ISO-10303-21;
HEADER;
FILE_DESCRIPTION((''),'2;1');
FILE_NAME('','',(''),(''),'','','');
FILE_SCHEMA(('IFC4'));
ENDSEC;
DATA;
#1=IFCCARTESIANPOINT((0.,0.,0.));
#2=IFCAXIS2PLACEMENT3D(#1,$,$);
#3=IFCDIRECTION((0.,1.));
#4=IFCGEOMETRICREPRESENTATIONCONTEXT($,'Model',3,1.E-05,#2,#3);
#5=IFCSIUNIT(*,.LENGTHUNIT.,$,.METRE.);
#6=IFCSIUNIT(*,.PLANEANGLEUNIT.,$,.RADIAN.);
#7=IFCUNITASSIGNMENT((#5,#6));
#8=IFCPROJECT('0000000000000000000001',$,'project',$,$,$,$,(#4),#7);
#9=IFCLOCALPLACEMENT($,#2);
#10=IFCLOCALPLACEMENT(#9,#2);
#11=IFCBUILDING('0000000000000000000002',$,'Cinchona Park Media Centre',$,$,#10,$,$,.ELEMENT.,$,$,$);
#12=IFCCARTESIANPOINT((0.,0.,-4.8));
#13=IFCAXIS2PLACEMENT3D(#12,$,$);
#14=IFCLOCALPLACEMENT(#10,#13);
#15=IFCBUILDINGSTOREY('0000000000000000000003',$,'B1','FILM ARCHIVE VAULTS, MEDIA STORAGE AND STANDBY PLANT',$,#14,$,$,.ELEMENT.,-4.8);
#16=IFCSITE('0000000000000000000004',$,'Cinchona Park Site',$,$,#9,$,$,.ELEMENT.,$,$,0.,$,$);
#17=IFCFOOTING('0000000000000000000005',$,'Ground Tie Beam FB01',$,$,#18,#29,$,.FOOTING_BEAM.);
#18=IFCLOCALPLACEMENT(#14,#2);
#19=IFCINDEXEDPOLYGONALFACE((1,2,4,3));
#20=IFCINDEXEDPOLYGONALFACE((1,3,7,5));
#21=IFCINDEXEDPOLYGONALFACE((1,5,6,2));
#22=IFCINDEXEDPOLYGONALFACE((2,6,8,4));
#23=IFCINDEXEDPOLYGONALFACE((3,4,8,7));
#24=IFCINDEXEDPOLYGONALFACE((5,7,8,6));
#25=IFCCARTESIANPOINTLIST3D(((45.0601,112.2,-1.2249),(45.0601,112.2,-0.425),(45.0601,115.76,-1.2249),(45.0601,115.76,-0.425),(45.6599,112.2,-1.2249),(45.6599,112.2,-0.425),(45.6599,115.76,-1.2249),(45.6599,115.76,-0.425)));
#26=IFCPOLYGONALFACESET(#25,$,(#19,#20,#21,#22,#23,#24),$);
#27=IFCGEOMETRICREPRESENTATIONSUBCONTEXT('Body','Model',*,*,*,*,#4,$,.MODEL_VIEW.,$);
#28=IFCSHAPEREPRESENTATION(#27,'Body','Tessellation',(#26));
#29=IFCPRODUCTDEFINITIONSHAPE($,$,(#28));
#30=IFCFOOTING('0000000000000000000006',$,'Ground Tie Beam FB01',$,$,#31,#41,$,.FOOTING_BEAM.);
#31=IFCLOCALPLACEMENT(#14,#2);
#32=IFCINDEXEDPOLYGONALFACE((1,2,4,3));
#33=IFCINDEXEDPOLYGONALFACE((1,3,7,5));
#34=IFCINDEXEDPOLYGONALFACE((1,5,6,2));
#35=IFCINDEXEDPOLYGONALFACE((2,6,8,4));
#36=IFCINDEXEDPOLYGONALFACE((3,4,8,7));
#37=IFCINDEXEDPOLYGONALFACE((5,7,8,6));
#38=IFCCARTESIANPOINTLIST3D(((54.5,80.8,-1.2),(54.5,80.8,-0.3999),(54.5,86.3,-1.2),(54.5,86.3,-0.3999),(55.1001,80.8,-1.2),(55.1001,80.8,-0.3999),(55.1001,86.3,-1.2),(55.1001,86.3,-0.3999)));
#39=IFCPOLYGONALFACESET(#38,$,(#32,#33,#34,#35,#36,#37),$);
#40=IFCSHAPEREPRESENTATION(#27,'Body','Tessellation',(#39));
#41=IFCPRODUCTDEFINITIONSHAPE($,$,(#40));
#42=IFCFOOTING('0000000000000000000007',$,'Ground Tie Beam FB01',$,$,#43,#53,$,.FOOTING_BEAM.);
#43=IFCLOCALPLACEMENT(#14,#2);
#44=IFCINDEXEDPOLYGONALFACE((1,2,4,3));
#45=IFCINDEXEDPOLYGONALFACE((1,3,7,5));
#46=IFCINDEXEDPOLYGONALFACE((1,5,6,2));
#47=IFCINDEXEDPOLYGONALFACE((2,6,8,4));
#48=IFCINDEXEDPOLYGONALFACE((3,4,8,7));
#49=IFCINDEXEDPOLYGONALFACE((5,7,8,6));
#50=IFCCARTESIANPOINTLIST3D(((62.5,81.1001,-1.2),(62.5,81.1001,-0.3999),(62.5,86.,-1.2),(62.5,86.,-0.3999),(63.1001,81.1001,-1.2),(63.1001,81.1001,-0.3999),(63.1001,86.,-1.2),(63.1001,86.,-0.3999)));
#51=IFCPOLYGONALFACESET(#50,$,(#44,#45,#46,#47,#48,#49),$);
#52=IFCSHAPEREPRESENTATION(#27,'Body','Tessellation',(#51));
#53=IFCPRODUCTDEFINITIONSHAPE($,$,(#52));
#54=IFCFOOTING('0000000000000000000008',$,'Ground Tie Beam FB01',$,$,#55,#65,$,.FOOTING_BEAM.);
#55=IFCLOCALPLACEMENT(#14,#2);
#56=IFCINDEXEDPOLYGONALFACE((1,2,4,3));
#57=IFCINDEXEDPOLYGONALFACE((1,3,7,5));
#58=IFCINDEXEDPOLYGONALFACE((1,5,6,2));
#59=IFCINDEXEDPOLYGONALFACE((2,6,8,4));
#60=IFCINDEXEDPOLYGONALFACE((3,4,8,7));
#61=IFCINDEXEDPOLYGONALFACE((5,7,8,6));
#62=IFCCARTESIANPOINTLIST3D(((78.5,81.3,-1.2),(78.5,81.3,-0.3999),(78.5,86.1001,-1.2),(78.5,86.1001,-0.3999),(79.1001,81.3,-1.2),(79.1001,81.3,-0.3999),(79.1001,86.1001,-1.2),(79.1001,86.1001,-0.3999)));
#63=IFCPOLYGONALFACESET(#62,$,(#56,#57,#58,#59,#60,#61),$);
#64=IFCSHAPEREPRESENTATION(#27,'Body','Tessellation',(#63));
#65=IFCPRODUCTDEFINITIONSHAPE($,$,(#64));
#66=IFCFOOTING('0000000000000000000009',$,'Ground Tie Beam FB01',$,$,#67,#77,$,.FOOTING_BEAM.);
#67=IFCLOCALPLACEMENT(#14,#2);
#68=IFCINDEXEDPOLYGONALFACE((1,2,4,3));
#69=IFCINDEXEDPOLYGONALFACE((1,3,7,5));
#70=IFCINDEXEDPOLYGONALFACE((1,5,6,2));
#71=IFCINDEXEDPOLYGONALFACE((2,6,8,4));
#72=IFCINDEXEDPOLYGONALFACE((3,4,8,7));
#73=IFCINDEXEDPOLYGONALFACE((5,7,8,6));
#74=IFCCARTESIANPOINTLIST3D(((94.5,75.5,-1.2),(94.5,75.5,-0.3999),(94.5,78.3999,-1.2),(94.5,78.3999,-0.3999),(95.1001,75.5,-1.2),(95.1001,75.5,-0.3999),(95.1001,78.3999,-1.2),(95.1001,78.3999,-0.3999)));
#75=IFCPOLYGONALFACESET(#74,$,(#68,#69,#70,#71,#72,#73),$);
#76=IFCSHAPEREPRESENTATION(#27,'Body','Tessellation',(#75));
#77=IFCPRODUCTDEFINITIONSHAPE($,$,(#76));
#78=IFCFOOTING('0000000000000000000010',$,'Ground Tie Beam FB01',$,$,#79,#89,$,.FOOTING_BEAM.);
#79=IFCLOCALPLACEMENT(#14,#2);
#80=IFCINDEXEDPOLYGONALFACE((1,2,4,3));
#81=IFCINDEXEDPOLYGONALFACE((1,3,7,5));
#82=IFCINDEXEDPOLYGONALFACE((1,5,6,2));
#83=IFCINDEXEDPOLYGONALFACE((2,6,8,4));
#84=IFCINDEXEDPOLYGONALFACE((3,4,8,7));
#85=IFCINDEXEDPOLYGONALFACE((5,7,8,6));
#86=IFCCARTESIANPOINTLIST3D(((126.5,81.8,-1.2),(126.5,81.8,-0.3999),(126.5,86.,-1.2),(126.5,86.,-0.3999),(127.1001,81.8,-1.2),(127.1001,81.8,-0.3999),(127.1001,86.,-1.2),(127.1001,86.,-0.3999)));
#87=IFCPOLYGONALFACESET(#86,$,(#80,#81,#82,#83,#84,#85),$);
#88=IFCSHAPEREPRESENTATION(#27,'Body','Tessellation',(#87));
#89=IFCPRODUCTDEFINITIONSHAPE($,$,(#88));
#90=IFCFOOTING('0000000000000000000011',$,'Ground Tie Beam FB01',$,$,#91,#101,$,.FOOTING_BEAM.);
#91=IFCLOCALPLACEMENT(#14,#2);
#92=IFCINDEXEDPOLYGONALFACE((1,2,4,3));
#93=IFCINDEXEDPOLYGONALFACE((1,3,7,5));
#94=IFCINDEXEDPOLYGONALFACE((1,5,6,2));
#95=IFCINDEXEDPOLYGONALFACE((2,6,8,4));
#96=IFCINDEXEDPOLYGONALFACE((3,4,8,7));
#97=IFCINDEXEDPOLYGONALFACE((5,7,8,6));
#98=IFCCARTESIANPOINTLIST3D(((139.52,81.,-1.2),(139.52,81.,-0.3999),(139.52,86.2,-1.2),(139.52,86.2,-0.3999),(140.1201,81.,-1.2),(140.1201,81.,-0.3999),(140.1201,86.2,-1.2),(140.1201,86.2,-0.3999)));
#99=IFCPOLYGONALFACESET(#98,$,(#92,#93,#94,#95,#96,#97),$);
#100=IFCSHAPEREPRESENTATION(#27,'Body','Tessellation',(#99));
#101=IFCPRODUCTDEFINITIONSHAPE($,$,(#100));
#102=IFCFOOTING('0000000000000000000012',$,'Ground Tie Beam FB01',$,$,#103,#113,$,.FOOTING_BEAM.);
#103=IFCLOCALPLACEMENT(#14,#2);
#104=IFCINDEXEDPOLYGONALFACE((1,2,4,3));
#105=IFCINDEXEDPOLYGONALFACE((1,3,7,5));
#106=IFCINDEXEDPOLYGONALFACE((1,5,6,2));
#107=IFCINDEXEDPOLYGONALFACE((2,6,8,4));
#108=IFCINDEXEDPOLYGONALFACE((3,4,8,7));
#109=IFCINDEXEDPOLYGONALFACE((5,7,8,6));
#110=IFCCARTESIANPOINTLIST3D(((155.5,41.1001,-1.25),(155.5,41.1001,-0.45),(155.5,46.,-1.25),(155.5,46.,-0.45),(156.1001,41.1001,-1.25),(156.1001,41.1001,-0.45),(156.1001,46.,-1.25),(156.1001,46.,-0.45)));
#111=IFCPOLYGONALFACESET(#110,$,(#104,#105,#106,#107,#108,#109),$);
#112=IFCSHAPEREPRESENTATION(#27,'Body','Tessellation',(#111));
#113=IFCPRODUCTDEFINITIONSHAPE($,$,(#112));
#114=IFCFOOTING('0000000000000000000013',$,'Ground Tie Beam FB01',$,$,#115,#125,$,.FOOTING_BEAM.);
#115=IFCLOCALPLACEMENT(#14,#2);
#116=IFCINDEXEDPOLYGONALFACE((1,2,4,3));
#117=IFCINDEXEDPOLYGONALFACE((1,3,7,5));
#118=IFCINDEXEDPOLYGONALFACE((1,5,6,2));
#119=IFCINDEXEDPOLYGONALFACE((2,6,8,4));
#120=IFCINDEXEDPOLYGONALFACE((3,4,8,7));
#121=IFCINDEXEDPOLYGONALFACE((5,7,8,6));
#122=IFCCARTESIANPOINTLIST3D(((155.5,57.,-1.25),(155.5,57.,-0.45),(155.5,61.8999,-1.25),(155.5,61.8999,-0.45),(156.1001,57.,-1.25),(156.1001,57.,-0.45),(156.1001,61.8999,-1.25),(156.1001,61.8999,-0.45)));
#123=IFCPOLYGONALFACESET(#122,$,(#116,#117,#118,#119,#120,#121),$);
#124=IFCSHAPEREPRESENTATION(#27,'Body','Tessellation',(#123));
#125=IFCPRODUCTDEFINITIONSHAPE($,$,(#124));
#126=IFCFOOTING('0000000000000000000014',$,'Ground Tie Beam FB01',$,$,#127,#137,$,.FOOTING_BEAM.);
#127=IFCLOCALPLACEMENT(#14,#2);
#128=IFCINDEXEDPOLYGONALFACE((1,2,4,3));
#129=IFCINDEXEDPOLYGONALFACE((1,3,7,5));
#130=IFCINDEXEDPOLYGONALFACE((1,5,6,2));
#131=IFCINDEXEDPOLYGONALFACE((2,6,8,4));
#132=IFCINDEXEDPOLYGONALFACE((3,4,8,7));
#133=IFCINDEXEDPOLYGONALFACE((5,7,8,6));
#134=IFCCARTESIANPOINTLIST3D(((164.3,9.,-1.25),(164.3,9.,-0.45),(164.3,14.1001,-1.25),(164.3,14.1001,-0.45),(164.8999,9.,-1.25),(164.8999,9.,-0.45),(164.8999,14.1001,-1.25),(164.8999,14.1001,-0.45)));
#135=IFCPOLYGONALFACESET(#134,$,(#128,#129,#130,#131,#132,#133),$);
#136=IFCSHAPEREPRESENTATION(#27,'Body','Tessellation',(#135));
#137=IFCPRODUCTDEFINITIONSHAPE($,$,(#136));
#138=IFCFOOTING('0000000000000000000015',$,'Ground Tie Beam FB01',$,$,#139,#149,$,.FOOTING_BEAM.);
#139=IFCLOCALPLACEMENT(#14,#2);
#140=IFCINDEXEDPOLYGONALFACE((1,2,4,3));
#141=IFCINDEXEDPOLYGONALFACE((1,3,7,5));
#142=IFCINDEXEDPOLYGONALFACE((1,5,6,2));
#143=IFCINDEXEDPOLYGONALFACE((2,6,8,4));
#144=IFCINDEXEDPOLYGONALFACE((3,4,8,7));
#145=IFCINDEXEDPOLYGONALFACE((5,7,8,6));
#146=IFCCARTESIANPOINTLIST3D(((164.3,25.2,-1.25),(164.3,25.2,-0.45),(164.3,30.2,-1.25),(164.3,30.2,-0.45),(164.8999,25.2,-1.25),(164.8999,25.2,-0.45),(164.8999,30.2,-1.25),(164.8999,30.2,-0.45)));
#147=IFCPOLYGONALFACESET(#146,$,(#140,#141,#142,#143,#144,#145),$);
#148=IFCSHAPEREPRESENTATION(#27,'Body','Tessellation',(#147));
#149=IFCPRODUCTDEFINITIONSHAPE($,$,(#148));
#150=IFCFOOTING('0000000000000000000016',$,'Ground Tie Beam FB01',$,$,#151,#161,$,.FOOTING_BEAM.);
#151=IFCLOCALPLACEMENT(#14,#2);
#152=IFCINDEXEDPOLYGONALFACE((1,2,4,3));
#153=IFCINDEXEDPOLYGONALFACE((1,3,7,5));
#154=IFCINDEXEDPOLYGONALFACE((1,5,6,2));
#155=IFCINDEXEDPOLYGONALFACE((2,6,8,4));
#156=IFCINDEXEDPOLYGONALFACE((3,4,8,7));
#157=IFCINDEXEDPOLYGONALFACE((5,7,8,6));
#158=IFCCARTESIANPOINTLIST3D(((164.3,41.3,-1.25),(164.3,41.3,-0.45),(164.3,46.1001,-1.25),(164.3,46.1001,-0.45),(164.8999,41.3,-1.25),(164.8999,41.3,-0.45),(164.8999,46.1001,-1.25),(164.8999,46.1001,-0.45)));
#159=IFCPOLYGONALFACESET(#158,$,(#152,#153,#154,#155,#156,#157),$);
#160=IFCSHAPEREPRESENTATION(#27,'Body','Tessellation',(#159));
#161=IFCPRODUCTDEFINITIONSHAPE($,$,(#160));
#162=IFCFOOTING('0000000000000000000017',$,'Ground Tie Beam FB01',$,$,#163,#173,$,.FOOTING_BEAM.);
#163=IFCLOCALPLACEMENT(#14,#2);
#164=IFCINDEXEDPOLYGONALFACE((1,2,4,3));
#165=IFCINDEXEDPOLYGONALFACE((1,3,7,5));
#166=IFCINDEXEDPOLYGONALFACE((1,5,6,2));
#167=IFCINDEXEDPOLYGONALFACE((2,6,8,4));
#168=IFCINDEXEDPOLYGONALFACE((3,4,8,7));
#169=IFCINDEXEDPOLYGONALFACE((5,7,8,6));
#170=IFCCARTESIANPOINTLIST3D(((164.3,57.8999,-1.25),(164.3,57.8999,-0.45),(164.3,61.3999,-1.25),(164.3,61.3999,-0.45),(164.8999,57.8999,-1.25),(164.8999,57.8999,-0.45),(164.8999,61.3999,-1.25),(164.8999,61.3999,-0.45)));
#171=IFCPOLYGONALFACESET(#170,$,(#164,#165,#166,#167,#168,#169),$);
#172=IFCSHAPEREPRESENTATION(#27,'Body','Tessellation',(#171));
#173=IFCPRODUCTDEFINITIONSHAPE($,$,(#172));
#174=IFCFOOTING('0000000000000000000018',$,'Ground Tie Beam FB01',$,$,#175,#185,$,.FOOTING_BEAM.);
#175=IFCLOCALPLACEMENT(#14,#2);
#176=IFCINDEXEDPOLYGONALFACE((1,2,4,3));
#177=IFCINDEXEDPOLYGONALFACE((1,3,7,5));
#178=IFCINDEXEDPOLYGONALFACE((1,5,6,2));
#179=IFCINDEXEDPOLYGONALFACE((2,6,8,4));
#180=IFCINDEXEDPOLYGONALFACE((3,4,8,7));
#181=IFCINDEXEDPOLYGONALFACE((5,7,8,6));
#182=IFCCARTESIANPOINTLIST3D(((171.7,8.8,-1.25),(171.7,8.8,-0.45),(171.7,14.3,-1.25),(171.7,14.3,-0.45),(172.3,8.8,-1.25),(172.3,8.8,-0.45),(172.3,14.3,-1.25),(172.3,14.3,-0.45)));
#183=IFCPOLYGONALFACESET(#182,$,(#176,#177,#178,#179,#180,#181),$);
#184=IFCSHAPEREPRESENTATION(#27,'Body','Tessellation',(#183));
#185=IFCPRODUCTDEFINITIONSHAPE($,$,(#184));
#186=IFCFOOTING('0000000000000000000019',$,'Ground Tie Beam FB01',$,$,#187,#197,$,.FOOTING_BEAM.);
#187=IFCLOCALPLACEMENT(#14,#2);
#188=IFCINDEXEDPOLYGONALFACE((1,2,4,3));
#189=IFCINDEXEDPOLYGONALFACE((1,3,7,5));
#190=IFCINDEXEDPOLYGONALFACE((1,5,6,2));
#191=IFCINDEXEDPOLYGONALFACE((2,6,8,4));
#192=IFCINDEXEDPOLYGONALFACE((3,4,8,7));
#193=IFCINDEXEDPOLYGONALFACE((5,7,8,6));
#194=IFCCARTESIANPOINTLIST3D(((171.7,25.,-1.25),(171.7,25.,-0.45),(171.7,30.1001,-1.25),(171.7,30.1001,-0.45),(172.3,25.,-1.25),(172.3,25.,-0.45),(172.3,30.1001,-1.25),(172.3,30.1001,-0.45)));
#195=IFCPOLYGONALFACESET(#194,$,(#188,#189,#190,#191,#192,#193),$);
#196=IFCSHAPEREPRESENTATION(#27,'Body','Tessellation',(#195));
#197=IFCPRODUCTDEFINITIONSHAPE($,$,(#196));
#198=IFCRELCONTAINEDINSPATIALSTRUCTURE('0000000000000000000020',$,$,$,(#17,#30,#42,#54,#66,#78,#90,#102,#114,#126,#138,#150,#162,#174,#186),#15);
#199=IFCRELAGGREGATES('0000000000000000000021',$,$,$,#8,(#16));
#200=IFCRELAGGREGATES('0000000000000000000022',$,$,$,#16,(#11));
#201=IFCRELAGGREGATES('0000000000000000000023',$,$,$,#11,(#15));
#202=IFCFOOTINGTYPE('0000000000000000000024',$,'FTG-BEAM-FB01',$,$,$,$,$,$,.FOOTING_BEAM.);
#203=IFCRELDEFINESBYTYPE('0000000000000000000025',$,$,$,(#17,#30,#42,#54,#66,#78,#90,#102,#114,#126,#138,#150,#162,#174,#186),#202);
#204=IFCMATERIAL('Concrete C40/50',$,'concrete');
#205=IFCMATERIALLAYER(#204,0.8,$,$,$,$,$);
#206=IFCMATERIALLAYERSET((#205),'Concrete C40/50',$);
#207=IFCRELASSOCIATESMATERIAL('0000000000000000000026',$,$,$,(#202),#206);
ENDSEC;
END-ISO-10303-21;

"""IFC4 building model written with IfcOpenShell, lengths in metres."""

from ifc_helpers import new_model, si_unit, direction, frame, origin, place, context, subcontext, project, spatial, polyline, outline, extrude, material, layer, layer_set, type_object, element, save


model = new_model("IFC4")

# Units and contexts
model_context = context("Model", 3, precision=1e-05, world=origin(), true_north=direction((0.0, 1.0)))
body_context = subcontext(model_context, "Body", "Model", "MODEL_VIEW")
ifc_project = project(units=[si_unit("LENGTHUNIT", "METRE"), si_unit("PLANEANGLEUNIT", "RADIAN")], contexts=[model_context])

# Site, building, storey
site_placement = place(None, origin())
site = spatial("IfcSite", under=ifc_project, at=site_placement, Name="Cinchona Park Site", CompositionType="ELEMENT", RefElevation=0.0)
building_placement = place(site_placement, origin())
building = spatial("IfcBuilding", under=site, at=building_placement, Name="Cinchona Park Media Centre", CompositionType="ELEMENT")
storey_placement = place(building_placement, frame((0.0, 0.0, -4.8)))
storey = spatial("IfcBuildingStorey", under=building, at=storey_placement, Name="B1", Description="FILM ARCHIVE VAULTS, MEDIA STORAGE AND STANDBY PLANT", CompositionType="ELEMENT", Elevation=-4.8)

# Footings
ifc_material_1 = material(Name="Concrete C40/50", Category="concrete")
ifc_layer_1 = layer(ifc_material_1, 0.8)
ifc_layer_set_1 = layer_set([ifc_layer_1], Name="Concrete C40/50")
footing_type_1 = type_object("IfcFootingType", Name="FTG-BEAM-FB01", PredefinedType="FOOTING_BEAM", material=ifc_layer_set_1)
footing_1_placement = place(storey_placement, frame((0.0, 0.0, -1.2249)))
element("IfcFooting", 1, at=footing_1_placement, inside=storey, type_object=footing_type_1, Name="Ground Tie Beam FB01", PredefinedType="FOOTING_BEAM", context=body_context, shape_type="SweptSolid", body=[
    extrude(outline(polyline([(45.0601, 112.2), (45.6599, 112.2), (45.6599, 115.76), (45.0601, 115.76), (45.0601, 112.2)])), origin(), (0.0, 0.0, 1.0), 0.7998),
])
footing_2_placement = place(storey_placement, frame((0.0, 0.0, -1.2)))
element("IfcFooting", 2, at=footing_2_placement, inside=storey, type_object=footing_type_1, Name="Ground Tie Beam FB01", PredefinedType="FOOTING_BEAM", context=body_context, shape_type="SweptSolid", body=[
    extrude(outline(polyline([(54.5, 80.8), (55.1001, 80.8), (55.1001, 86.3), (54.5, 86.3), (54.5, 80.8)])), origin(), (0.0, 0.0, 1.0), 0.8),
])
footing_3_placement = place(storey_placement, frame((0.0, 0.0, -1.2)))
element("IfcFooting", 3, at=footing_3_placement, inside=storey, type_object=footing_type_1, Name="Ground Tie Beam FB01", PredefinedType="FOOTING_BEAM", context=body_context, shape_type="SweptSolid", body=[
    extrude(outline(polyline([(62.5, 81.1001), (63.1001, 81.1001), (63.1001, 86.0), (62.5, 86.0), (62.5, 81.1001)])), origin(), (0.0, 0.0, 1.0), 0.8),
])
footing_4_placement = place(storey_placement, frame((0.0, 0.0, -1.2)))
element("IfcFooting", 4, at=footing_4_placement, inside=storey, type_object=footing_type_1, Name="Ground Tie Beam FB01", PredefinedType="FOOTING_BEAM", context=body_context, shape_type="SweptSolid", body=[
    extrude(outline(polyline([(78.5, 81.3), (79.1001, 81.3), (79.1001, 86.1001), (78.5, 86.1001), (78.5, 81.3)])), origin(), (0.0, 0.0, 1.0), 0.8),
])
footing_5_placement = place(storey_placement, frame((0.0, 0.0, -1.2)))
element("IfcFooting", 5, at=footing_5_placement, inside=storey, type_object=footing_type_1, Name="Ground Tie Beam FB01", PredefinedType="FOOTING_BEAM", context=body_context, shape_type="SweptSolid", body=[
    extrude(outline(polyline([(94.5, 75.5), (95.1001, 75.5), (95.1001, 78.3999), (94.5, 78.3999), (94.5, 75.5)])), origin(), (0.0, 0.0, 1.0), 0.8),
])
footing_6_placement = place(storey_placement, frame((0.0, 0.0, -1.2)))
element("IfcFooting", 6, at=footing_6_placement, inside=storey, type_object=footing_type_1, Name="Ground Tie Beam FB01", PredefinedType="FOOTING_BEAM", context=body_context, shape_type="SweptSolid", body=[
    extrude(outline(polyline([(126.5, 81.8), (127.1001, 81.8), (127.1001, 86.0), (126.5, 86.0), (126.5, 81.8)])), origin(), (0.0, 0.0, 1.0), 0.8),
])
footing_7_placement = place(storey_placement, frame((0.0, 0.0, -1.2)))
element("IfcFooting", 7, at=footing_7_placement, inside=storey, type_object=footing_type_1, Name="Ground Tie Beam FB01", PredefinedType="FOOTING_BEAM", context=body_context, shape_type="SweptSolid", body=[
    extrude(outline(polyline([(139.52, 81.0), (140.1201, 81.0), (140.1201, 86.2), (139.52, 86.2), (139.52, 81.0)])), origin(), (0.0, 0.0, 1.0), 0.8),
])
footing_8_placement = place(storey_placement, frame((0.0, 0.0, -1.25)))
element("IfcFooting", 8, at=footing_8_placement, inside=storey, type_object=footing_type_1, Name="Ground Tie Beam FB01", PredefinedType="FOOTING_BEAM", context=body_context, shape_type="SweptSolid", body=[
    extrude(outline(polyline([(155.5, 41.1001), (156.1001, 41.1001), (156.1001, 46.0), (155.5, 46.0), (155.5, 41.1001)])), origin(), (0.0, 0.0, 1.0), 0.8),
])
footing_9_placement = place(storey_placement, frame((0.0, 0.0, -1.25)))
element("IfcFooting", 9, at=footing_9_placement, inside=storey, type_object=footing_type_1, Name="Ground Tie Beam FB01", PredefinedType="FOOTING_BEAM", context=body_context, shape_type="SweptSolid", body=[
    extrude(outline(polyline([(155.5, 57.0), (156.1001, 57.0), (156.1001, 61.8999), (155.5, 61.8999), (155.5, 57.0)])), origin(), (0.0, 0.0, 1.0), 0.8),
])
footing_10_placement = place(storey_placement, frame((0.0, 0.0, -1.25)))
element("IfcFooting", 10, at=footing_10_placement, inside=storey, type_object=footing_type_1, Name="Ground Tie Beam FB01", PredefinedType="FOOTING_BEAM", context=body_context, shape_type="SweptSolid", body=[
    extrude(outline(polyline([(164.3, 9.0), (164.8999, 9.0), (164.8999, 14.1001), (164.3, 14.1001), (164.3, 9.0)])), origin(), (0.0, 0.0, 1.0), 0.8),
])
footing_11_placement = place(storey_placement, frame((0.0, 0.0, -1.25)))
element("IfcFooting", 11, at=footing_11_placement, inside=storey, type_object=footing_type_1, Name="Ground Tie Beam FB01", PredefinedType="FOOTING_BEAM", context=body_context, shape_type="SweptSolid", body=[
    extrude(outline(polyline([(164.3, 25.2), (164.8999, 25.2), (164.8999, 30.2), (164.3, 30.2), (164.3, 25.2)])), origin(), (0.0, 0.0, 1.0), 0.8),
])
footing_12_placement = place(storey_placement, frame((0.0, 0.0, -1.25)))
element("IfcFooting", 12, at=footing_12_placement, inside=storey, type_object=footing_type_1, Name="Ground Tie Beam FB01", PredefinedType="FOOTING_BEAM", context=body_context, shape_type="SweptSolid", body=[
    extrude(outline(polyline([(164.3, 41.3), (164.8999, 41.3), (164.8999, 46.1001), (164.3, 46.1001), (164.3, 41.3)])), origin(), (0.0, 0.0, 1.0), 0.8),
])
footing_13_placement = place(storey_placement, frame((0.0, 0.0, -1.25)))
element("IfcFooting", 13, at=footing_13_placement, inside=storey, type_object=footing_type_1, Name="Ground Tie Beam FB01", PredefinedType="FOOTING_BEAM", context=body_context, shape_type="SweptSolid", body=[
    extrude(outline(polyline([(164.3, 57.8999), (164.8999, 57.8999), (164.8999, 61.3999), (164.3, 61.3999), (164.3, 57.8999)])), origin(), (0.0, 0.0, 1.0), 0.8),
])
footing_14_placement = place(storey_placement, frame((0.0, 0.0, -1.25)))
element("IfcFooting", 14, at=footing_14_placement, inside=storey, type_object=footing_type_1, Name="Ground Tie Beam FB01", PredefinedType="FOOTING_BEAM", context=body_context, shape_type="SweptSolid", body=[
    extrude(outline(polyline([(171.7, 8.8), (172.3, 8.8), (172.3, 14.3), (171.7, 14.3), (171.7, 8.8)])), origin(), (0.0, 0.0, 1.0), 0.8),
])
footing_15_placement = place(storey_placement, frame((0.0, 0.0, -1.25)))
element("IfcFooting", 15, at=footing_15_placement, inside=storey, type_object=footing_type_1, Name="Ground Tie Beam FB01", PredefinedType="FOOTING_BEAM", context=body_context, shape_type="SweptSolid", body=[
    extrude(outline(polyline([(171.7, 25.0), (172.3, 25.0), (172.3, 30.1001), (171.7, 30.1001), (171.7, 25.0)])), origin(), (0.0, 0.0, 1.0), 0.8),
])

save(model, "model.ifc")
